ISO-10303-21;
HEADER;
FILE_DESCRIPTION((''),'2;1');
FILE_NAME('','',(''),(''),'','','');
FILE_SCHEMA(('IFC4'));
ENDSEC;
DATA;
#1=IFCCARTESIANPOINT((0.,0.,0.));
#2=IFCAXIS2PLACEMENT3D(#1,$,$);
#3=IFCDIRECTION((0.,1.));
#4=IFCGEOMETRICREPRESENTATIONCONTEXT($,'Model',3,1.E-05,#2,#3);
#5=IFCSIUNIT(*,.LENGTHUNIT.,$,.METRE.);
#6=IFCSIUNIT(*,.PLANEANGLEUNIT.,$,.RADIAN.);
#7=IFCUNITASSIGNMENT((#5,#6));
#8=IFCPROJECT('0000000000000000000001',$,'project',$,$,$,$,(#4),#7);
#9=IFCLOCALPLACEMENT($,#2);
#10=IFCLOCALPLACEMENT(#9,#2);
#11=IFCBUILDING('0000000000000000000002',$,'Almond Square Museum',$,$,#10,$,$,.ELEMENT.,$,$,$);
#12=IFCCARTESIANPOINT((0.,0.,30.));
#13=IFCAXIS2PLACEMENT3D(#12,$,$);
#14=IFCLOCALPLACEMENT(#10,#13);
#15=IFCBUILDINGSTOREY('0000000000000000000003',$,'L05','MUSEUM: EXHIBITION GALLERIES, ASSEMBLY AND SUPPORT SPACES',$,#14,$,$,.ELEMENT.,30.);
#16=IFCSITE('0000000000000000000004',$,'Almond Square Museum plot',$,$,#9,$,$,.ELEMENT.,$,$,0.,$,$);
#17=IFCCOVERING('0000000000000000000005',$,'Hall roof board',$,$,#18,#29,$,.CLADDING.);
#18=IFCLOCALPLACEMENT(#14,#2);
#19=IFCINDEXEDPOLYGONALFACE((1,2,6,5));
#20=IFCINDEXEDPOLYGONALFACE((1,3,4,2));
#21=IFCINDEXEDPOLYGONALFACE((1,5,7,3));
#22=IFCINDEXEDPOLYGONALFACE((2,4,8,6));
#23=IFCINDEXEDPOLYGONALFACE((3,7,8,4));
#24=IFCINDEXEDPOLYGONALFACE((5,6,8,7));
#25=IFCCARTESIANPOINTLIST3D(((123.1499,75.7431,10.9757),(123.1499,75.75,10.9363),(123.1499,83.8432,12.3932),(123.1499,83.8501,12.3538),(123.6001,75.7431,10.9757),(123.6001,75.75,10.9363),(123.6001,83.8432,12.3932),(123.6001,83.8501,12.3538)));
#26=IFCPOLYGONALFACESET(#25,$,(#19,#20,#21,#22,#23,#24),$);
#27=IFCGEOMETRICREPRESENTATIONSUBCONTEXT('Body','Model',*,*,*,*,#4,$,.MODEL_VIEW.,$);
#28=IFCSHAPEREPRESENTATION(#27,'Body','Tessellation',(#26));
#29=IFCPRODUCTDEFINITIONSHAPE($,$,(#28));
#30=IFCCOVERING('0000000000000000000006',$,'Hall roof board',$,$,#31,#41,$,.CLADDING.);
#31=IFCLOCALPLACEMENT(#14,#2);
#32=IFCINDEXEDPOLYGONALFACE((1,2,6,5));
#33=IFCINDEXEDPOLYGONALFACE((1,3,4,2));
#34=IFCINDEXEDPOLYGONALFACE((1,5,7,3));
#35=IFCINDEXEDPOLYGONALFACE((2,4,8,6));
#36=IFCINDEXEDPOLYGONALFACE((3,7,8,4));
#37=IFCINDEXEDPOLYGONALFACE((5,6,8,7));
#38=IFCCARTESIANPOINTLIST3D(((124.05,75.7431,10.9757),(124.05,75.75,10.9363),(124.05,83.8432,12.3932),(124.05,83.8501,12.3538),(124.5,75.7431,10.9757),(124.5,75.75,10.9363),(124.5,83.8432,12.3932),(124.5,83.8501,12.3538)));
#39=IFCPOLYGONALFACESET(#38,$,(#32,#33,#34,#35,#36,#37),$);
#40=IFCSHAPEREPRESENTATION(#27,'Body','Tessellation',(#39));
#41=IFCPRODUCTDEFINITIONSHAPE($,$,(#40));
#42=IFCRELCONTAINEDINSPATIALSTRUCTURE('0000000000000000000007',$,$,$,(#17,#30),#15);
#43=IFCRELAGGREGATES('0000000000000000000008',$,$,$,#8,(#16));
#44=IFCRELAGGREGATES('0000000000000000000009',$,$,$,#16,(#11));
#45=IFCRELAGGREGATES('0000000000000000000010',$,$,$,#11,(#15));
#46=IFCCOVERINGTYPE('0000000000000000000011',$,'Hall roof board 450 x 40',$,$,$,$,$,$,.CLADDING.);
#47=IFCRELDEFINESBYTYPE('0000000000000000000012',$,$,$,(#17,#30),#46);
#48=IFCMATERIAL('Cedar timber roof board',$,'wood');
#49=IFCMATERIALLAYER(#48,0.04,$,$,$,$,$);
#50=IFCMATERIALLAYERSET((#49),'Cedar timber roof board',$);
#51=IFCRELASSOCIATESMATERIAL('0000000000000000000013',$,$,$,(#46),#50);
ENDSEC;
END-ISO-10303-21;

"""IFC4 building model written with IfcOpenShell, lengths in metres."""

from ifc_helpers import new_model, si_unit, direction, frame, origin, place, context, subcontext, project, spatial, polyline, outline, extrude, material, layer, layer_set, type_object, element, save


model = new_model("IFC4")

# Units and contexts
model_context = context("Model", 3, precision=1e-05, world=origin(), true_north=direction((0.0, 1.0)))
body_context = subcontext(model_context, "Body", "Model", "MODEL_VIEW")
ifc_project = project(units=[si_unit("LENGTHUNIT", "METRE"), si_unit("PLANEANGLEUNIT", "RADIAN")], contexts=[model_context])

# Site, building, storey
site_placement = place(None, origin())
site = spatial("IfcSite", under=ifc_project, at=site_placement, Name="Almond Square Museum plot", CompositionType="ELEMENT", RefElevation=0.0)
building_placement = place(site_placement, origin())
building = spatial("IfcBuilding", under=site, at=building_placement, Name="Almond Square Museum", CompositionType="ELEMENT")
storey_placement = place(building_placement, frame((0.0, 0.0, 30.0)))
storey = spatial("IfcBuildingStorey", under=building, at=storey_placement, Name="L05", Description="MUSEUM: EXHIBITION GALLERIES, ASSEMBLY AND SUPPORT SPACES", CompositionType="ELEMENT", Elevation=30.0)

# Coverings
ifc_material_1 = material(Name="Cedar timber roof board", Category="wood")
ifc_layer = layer(ifc_material_1, 0.04)
ifc_layer_set = layer_set([ifc_layer], Name="Cedar timber roof board")
covering_type = type_object("IfcCoveringType", Name="Hall roof board 450 x 40", PredefinedType="CLADDING", material=ifc_layer_set)
covering_1_placement = place(storey_placement, frame((123.6001, 83.8501, 12.3538), z_axis=(0.0, -0.172376, 0.985031), x_axis=(-1.0, 0.0, 0.0)))
element("IfcCovering", 1, at=covering_1_placement, inside=storey, type_object=covering_type, Name="Hall roof board", PredefinedType="CLADDING", context=body_context, shape_type="SweptSolid", body=[
    extrude(outline(polyline([(0.0, 0.0), (0.4502, 0.0), (0.4502, 8.2232), (0.0, 8.2232), (0.0, 0.0)])), origin(), (0.0, 0.0, 1.0), 0.04),
])
covering_2_placement = place(storey_placement, frame((124.5, 83.8501, 12.3538), z_axis=(0.0, -0.172376, 0.985031), x_axis=(-1.0, 0.0, 0.0)))
element("IfcCovering", 2, at=covering_2_placement, inside=storey, type_object=covering_type, Name="Hall roof board", PredefinedType="CLADDING", context=body_context, shape_type="SweptSolid", body=[
    extrude(outline(polyline([(0.0, 0.0), (0.45, 0.0), (0.45, 8.2232), (0.0, 8.2232), (0.0, 0.0)])), origin(), (0.0, 0.0, 1.0), 0.04),
])

save(model, "model.ifc")
